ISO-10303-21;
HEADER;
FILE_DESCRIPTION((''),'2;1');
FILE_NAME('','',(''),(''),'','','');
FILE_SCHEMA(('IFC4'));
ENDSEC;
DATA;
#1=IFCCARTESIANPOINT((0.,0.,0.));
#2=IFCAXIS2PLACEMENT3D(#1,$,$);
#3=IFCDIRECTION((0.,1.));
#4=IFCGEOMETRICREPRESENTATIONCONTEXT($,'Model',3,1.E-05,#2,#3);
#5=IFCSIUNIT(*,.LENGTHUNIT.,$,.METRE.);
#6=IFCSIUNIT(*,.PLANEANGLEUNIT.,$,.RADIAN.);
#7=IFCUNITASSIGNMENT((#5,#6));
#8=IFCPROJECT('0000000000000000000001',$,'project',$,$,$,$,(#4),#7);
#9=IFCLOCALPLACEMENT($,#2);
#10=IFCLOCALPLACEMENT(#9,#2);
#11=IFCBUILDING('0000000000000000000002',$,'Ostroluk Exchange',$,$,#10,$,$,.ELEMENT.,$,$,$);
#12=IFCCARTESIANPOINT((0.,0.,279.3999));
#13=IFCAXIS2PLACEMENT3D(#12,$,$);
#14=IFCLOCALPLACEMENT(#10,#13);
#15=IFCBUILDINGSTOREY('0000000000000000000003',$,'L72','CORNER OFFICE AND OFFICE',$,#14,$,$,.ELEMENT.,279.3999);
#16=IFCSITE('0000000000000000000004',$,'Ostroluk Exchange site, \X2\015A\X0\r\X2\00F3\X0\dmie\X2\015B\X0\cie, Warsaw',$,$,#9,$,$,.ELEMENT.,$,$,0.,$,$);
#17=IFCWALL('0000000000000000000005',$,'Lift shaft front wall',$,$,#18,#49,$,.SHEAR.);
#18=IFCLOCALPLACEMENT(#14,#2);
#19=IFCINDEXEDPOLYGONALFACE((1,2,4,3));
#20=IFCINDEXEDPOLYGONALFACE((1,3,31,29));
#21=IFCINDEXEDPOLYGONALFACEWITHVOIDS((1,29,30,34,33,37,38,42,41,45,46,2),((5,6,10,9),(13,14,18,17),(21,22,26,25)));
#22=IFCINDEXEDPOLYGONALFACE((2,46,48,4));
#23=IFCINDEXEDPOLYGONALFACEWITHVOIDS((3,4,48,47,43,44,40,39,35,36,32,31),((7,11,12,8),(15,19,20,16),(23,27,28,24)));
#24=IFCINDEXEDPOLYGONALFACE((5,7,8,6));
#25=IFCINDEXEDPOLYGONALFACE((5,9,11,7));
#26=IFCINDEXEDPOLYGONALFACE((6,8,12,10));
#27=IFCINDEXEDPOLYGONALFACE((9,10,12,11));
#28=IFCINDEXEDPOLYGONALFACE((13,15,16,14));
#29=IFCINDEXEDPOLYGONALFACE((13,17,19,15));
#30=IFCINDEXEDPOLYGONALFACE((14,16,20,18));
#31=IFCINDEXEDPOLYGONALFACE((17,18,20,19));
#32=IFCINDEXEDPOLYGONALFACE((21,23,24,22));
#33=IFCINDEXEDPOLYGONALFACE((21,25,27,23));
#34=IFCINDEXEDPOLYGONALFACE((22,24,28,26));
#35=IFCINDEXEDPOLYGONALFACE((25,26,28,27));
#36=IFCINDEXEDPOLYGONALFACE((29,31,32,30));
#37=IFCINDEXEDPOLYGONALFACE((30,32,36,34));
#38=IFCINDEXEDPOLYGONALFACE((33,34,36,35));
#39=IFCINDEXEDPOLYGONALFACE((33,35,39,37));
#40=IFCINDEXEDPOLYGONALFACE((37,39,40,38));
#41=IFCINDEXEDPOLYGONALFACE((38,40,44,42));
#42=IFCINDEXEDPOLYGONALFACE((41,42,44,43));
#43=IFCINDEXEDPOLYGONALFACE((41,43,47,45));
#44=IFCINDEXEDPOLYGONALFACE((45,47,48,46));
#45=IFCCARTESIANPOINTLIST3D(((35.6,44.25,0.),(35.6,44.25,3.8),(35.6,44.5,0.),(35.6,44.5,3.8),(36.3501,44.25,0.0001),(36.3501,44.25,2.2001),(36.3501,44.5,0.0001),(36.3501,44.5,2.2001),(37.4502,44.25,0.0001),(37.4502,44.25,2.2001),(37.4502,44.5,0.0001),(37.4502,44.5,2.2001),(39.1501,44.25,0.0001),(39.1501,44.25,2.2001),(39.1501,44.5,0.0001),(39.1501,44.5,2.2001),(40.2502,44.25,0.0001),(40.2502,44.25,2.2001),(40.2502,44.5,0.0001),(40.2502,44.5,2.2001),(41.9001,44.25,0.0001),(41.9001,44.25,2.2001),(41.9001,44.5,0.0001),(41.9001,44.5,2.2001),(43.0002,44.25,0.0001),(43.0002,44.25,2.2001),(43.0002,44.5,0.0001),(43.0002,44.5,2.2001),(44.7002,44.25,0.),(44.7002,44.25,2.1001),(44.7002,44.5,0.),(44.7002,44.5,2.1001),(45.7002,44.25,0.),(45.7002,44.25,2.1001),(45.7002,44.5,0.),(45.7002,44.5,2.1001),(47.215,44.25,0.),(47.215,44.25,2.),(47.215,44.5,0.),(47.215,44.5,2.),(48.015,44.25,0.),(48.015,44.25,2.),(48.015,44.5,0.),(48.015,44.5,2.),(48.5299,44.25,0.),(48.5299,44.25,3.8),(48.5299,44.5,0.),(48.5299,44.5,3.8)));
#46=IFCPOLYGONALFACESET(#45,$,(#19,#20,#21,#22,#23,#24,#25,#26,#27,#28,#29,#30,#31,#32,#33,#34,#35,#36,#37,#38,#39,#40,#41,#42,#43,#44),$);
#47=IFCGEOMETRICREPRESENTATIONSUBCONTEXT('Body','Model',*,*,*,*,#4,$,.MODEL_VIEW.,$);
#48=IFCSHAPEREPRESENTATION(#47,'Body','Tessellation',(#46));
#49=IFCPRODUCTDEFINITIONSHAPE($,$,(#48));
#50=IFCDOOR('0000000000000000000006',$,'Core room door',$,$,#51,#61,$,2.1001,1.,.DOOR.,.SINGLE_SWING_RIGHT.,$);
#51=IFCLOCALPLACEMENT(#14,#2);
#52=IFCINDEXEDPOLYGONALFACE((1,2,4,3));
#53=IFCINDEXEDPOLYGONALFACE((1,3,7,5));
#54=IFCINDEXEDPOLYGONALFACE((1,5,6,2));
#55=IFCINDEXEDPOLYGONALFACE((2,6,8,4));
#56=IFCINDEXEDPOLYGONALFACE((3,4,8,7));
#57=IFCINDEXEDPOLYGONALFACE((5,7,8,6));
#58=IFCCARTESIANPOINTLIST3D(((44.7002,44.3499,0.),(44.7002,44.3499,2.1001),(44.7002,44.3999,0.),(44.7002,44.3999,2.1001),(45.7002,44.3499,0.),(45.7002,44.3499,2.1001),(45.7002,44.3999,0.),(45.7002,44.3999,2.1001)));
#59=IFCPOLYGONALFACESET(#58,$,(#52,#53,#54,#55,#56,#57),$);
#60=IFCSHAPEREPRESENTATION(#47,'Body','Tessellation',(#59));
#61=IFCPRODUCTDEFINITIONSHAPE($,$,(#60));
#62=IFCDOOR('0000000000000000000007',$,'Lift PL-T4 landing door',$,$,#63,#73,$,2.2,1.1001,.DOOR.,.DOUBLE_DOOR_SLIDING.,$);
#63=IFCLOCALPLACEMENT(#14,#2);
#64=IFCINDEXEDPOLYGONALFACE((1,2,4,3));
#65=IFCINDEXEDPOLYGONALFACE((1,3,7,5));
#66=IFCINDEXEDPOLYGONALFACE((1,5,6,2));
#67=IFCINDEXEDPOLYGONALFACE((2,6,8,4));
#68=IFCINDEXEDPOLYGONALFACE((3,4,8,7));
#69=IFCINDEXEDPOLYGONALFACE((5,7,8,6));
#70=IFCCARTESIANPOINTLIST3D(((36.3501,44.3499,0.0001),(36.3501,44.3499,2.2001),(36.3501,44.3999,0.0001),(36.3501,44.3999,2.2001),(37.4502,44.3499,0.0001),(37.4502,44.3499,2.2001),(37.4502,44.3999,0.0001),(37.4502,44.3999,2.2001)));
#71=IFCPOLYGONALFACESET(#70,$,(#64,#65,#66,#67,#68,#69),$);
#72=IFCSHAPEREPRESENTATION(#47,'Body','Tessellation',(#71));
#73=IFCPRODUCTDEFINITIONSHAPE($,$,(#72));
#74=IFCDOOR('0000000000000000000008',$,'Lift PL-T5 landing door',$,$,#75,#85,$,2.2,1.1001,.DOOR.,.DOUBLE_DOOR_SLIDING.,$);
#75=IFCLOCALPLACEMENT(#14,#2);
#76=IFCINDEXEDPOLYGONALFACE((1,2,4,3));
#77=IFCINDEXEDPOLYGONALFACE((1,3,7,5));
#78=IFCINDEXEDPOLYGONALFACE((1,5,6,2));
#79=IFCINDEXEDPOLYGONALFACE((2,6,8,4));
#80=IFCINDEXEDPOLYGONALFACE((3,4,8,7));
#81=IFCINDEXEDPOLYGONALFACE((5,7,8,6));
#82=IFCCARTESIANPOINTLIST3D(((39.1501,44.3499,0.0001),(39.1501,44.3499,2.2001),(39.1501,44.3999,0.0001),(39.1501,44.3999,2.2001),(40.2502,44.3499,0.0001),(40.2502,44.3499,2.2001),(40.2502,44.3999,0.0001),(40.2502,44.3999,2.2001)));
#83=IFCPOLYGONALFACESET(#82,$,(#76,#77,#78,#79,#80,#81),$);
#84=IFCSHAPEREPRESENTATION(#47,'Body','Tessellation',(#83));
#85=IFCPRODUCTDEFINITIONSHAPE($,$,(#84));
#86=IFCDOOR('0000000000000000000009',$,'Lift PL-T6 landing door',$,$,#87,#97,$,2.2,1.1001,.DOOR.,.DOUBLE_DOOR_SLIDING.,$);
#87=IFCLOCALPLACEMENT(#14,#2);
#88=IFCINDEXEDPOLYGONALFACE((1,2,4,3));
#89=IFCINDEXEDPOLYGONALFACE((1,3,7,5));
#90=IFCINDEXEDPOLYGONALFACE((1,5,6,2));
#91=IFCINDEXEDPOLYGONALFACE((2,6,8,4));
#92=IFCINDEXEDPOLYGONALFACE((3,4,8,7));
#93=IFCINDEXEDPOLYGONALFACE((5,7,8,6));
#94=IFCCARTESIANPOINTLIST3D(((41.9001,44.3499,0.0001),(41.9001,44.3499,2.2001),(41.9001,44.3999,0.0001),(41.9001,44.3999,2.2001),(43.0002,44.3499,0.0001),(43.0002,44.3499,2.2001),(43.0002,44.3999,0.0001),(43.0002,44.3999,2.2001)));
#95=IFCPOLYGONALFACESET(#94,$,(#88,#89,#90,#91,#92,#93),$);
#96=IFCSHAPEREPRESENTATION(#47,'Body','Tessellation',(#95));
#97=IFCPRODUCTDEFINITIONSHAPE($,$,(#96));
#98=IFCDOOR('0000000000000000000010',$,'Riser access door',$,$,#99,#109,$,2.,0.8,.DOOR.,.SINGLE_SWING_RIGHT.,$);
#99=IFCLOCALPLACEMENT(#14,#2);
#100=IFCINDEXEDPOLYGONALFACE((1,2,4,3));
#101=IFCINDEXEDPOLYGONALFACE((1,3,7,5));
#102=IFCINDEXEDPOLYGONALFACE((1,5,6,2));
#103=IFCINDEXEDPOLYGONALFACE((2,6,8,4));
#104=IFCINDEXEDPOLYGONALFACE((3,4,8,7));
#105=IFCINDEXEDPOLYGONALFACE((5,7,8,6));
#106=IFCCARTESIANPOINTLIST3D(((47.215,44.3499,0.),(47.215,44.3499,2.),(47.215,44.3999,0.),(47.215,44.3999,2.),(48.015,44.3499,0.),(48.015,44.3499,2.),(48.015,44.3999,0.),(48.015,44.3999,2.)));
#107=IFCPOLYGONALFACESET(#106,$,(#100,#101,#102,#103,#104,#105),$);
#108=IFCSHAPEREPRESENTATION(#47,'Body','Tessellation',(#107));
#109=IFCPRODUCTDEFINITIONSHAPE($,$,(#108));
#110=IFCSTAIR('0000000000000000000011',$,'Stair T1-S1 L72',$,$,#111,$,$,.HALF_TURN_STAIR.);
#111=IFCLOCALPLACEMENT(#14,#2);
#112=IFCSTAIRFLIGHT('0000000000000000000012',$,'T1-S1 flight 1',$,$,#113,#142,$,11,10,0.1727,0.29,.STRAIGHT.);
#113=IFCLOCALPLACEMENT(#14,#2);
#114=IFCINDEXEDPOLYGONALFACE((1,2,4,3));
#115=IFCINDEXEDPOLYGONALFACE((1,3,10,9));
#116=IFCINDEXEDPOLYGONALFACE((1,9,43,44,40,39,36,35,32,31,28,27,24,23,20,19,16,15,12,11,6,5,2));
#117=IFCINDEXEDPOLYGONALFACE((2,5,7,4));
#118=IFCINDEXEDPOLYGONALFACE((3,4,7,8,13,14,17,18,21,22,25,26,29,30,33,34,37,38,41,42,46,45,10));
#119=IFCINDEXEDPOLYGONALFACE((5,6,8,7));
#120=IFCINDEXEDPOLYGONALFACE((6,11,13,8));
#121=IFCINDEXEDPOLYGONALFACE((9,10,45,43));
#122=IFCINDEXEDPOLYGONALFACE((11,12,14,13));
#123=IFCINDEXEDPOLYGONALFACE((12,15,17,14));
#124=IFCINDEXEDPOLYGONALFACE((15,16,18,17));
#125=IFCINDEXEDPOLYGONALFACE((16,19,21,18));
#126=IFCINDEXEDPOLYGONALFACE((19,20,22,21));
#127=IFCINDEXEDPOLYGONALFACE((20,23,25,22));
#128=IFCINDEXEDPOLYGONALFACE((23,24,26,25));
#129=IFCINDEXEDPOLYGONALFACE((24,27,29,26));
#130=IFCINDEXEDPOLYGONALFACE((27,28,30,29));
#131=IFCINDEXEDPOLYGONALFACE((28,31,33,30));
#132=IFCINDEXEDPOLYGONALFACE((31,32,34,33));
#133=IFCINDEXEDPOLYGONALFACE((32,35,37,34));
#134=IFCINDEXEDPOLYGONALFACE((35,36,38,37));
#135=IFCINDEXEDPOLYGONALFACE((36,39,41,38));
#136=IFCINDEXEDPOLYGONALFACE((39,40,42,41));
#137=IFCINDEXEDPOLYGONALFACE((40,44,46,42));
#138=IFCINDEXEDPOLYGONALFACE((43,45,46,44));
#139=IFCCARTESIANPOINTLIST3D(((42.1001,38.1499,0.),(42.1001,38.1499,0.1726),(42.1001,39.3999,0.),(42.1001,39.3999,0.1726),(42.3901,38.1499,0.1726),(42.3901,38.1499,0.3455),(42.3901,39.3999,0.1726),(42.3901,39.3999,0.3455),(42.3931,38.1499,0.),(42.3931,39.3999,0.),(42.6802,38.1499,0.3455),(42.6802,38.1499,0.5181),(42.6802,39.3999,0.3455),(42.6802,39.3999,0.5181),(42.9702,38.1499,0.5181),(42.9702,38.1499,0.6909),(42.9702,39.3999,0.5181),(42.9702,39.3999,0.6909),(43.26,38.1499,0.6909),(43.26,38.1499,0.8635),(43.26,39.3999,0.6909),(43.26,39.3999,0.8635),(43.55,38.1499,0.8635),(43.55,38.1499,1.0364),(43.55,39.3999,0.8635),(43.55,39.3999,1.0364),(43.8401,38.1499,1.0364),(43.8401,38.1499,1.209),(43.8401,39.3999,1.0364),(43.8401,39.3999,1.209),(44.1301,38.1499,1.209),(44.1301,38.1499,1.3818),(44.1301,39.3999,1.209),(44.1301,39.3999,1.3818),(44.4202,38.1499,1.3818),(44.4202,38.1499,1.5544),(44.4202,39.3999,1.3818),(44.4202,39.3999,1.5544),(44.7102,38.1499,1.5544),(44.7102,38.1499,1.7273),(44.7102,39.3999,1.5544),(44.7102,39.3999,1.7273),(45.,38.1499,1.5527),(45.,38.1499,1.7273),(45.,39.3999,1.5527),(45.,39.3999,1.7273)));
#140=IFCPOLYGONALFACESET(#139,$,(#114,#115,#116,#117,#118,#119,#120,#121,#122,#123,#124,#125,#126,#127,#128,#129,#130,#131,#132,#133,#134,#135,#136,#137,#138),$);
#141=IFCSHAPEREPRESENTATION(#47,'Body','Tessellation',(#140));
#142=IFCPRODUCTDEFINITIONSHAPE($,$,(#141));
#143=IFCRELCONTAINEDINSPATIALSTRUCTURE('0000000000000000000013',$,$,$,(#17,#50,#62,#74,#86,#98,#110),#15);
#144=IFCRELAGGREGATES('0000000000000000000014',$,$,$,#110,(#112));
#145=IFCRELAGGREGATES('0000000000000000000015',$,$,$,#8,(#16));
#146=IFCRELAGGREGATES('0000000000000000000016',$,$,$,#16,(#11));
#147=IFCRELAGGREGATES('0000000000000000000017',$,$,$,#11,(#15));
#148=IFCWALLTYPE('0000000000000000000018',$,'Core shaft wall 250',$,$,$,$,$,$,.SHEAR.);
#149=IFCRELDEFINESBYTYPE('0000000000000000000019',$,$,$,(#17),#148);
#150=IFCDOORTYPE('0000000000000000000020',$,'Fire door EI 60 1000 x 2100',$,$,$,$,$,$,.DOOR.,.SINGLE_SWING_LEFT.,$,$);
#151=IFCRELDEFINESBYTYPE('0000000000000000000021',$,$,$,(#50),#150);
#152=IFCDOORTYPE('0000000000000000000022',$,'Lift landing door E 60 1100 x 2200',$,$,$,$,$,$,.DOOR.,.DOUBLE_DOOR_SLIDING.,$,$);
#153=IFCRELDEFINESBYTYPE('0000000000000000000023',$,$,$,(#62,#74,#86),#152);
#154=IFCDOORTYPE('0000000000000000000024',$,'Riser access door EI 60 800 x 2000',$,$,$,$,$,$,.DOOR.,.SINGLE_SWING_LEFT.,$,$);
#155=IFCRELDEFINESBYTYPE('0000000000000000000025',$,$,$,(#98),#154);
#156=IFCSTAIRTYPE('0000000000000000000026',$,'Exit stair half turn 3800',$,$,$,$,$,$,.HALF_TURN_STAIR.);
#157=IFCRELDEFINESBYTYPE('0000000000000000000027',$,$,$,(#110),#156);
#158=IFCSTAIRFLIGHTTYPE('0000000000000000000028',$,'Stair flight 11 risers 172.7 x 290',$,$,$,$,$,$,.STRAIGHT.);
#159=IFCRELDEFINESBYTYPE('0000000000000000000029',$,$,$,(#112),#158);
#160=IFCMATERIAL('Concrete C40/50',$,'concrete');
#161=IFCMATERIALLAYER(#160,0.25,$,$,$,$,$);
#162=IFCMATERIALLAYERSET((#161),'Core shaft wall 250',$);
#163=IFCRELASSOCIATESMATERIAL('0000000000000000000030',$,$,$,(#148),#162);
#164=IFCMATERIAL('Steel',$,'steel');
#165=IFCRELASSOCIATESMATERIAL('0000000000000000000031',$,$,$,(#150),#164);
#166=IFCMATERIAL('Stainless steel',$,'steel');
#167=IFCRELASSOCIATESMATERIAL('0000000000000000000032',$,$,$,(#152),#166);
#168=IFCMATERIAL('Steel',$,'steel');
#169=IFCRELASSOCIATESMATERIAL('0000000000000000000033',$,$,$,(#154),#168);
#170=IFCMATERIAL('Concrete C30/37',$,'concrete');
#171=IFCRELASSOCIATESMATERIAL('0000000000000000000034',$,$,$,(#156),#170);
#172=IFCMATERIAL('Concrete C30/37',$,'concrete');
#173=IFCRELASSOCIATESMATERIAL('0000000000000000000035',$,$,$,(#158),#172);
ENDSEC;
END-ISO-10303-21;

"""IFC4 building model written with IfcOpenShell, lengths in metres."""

from ifc_helpers import new_model, si_unit, direction, frame, frame_2d, origin, place, context, subcontext, project, spatial, polyline, rectangle, outline, extrude, material, layer, layer_set, type_object, element, fill, aggregate, save


model = new_model("IFC4")

# Units and contexts
model_context = context("Model", 3, precision=1e-05, world=origin(), true_north=direction((0.0, 1.0)))
body_context = subcontext(model_context, "Body", "Model", "MODEL_VIEW")
ifc_project = project(units=[si_unit("LENGTHUNIT", "METRE"), si_unit("PLANEANGLEUNIT", "RADIAN")], contexts=[model_context])

# Site, building, storey
site_placement = place(None, origin())
site = spatial("IfcSite", under=ifc_project, at=site_placement, Name="Ostroluk Exchange site, Śródmieście, Warsaw", CompositionType="ELEMENT", RefElevation=0.0)
building_placement = place(site_placement, origin())
building = spatial("IfcBuilding", under=site, at=building_placement, Name="Ostroluk Exchange", CompositionType="ELEMENT")
storey_placement = place(building_placement, frame((0.0, 0.0, 279.3999)))
storey = spatial("IfcBuildingStorey", under=building, at=storey_placement, Name="L72", Description="CORNER OFFICE AND OFFICE", CompositionType="ELEMENT", Elevation=279.3999)

# Shared definitions
ifc_material_1 = material(Name="Concrete C40/50", Category="concrete")
ifc_layer_1 = layer(ifc_material_1, 0.25)
ifc_layer_set_1 = layer_set([ifc_layer_1], Name="Core shaft wall 250")
wall_type_1 = type_object("IfcWallType", Name="Core shaft wall 250", PredefinedType="SHEAR", material=ifc_layer_set_1)

# Wall, openings, doors
wall_1_placement = place(storey_placement, frame((35.6001, 44.375, 0.0), z_axis=(0.0, 0.0, 1.0), x_axis=(1.0, 0.0, 0.0)))
wall_1 = element("IfcWall", 1, at=wall_1_placement, inside=storey, type_object=wall_type_1, Name="Lift shaft front wall", PredefinedType="SHEAR", context=body_context, shape_type="SweptSolid", body=[
    extrude(rectangle(XDim=12.9299, YDim=0.25, at=frame_2d((6.4648, 0.0))), origin(), (0.0, 0.0, 1.0), 3.8),
])
opening_1_placement = place(wall_1_placement, frame((0.75, 0.0, 0.0)))
opening_1 = element("IfcOpeningElement", 2, at=opening_1_placement, cuts=wall_1, PredefinedType="OPENING", context=body_context, shape_type="SweptSolid", body=[
    extrude(rectangle(XDim=1.1001, YDim=2.2, at=frame_2d((0.55, 1.1001))), frame((0.0, 0.135, 0.0), z_axis=(0.0, -1.0, 0.0), x_axis=(1.0, 0.0, 0.0)), (0.0, 0.0, 1.0), 0.27),
])
opening_2_placement = place(wall_1_placement, frame((3.55, 0.0, 0.0)))
opening_2 = element("IfcOpeningElement", 3, at=opening_2_placement, cuts=wall_1, PredefinedType="OPENING", context=body_context, shape_type="SweptSolid", body=[
    extrude(rectangle(XDim=1.1001, YDim=2.2, at=frame_2d((0.55, 1.1001))), frame((0.0, 0.135, 0.0), z_axis=(0.0, -1.0, 0.0), x_axis=(1.0, 0.0, 0.0)), (0.0, 0.0, 1.0), 0.27),
])
opening_3_placement = place(wall_1_placement, frame((6.3, 0.0, 0.0)))
opening_3 = element("IfcOpeningElement", 4, at=opening_3_placement, cuts=wall_1, PredefinedType="OPENING", context=body_context, shape_type="SweptSolid", body=[
    extrude(rectangle(XDim=1.1001, YDim=2.2, at=frame_2d((0.55, 1.1001))), frame((0.0, 0.135, 0.0), z_axis=(0.0, -1.0, 0.0), x_axis=(1.0, 0.0, 0.0)), (0.0, 0.0, 1.0), 0.27),
])
opening_4_placement = place(wall_1_placement, frame((9.1001, 0.0, 0.0)))
opening_4 = element("IfcOpeningElement", 5, at=opening_4_placement, cuts=wall_1, PredefinedType="OPENING", context=body_context, shape_type="SweptSolid", body=[
    extrude(rectangle(XDim=1.0, YDim=2.1001, at=frame_2d((0.5, 1.05))), frame((0.0, 0.135, 0.0), z_axis=(0.0, -1.0, 0.0), x_axis=(1.0, 0.0, 0.0)), (0.0, 0.0, 1.0), 0.27),
])
opening_5_placement = place(wall_1_placement, frame((11.615, 0.0, 0.0)))
opening_5 = element("IfcOpeningElement", 6, at=opening_5_placement, cuts=wall_1, PredefinedType="OPENING", context=body_context, shape_type="SweptSolid", body=[
    extrude(rectangle(XDim=0.8, YDim=2.0, at=frame_2d((0.3999, 1.0))), frame((0.0, 0.135, 0.0), z_axis=(0.0, -1.0, 0.0), x_axis=(1.0, 0.0, 0.0)), (0.0, 0.0, 1.0), 0.27),
])
ifc_material_2 = material(Name="Steel", Category="steel")
door_type_1 = type_object("IfcDoorType", Name="Fire door EI 60 1000 x 2100", OperationType="SINGLE_SWING_LEFT", PredefinedType="DOOR", material=ifc_material_2)
door_1_placement = place(opening_4_placement, origin())
door_1 = element("IfcDoor", 7, at=door_1_placement, inside=storey, type_object=door_type_1, Name="Core room door", OperationType="SINGLE_SWING_RIGHT", OverallHeight=2.1001, OverallWidth=1.0, PredefinedType="DOOR", context=body_context, shape_type="SweptSolid", body=[
    extrude(rectangle(XDim=1.0, YDim=2.1001, at=frame_2d((0.5, 1.05))), frame((0.0, 0.0249, 0.0), z_axis=(0.0, -1.0, 0.0), x_axis=(1.0, 0.0, 0.0)), (0.0, 0.0, 1.0), 0.05),
])
fill(opening_4, door_1)
ifc_material_3 = material(Name="Stainless steel", Category="steel")
door_type_2 = type_object("IfcDoorType", Name="Lift landing door E 60 1100 x 2200", OperationType="DOUBLE_DOOR_SLIDING", PredefinedType="DOOR", material=ifc_material_3)
door_2_placement = place(opening_1_placement, origin())
door_2 = element("IfcDoor", 8, at=door_2_placement, inside=storey, type_object=door_type_2, Name="Lift PL-T4 landing door", OperationType="DOUBLE_DOOR_SLIDING", OverallHeight=2.2, OverallWidth=1.1001, PredefinedType="DOOR", context=body_context, shape_type="SweptSolid", body=[
    extrude(rectangle(XDim=1.1001, YDim=2.2, at=frame_2d((0.55, 1.1001))), frame((0.0, 0.0249, 0.0), z_axis=(0.0, -1.0, 0.0), x_axis=(1.0, 0.0, 0.0)), (0.0, 0.0, 1.0), 0.05),
])
fill(opening_1, door_2)
door_3_placement = place(opening_2_placement, origin())
door_3 = element("IfcDoor", 9, at=door_3_placement, inside=storey, type_object=door_type_2, Name="Lift PL-T5 landing door", OperationType="DOUBLE_DOOR_SLIDING", OverallHeight=2.2, OverallWidth=1.1001, PredefinedType="DOOR", context=body_context, shape_type="SweptSolid", body=[
    extrude(rectangle(XDim=1.1001, YDim=2.2, at=frame_2d((0.55, 1.1001))), frame((0.0, 0.0249, 0.0), z_axis=(0.0, -1.0, 0.0), x_axis=(1.0, 0.0, 0.0)), (0.0, 0.0, 1.0), 0.05),
])
fill(opening_2, door_3)
door_4_placement = place(opening_3_placement, origin())
door_4 = element("IfcDoor", 10, at=door_4_placement, inside=storey, type_object=door_type_2, Name="Lift PL-T6 landing door", OperationType="DOUBLE_DOOR_SLIDING", OverallHeight=2.2, OverallWidth=1.1001, PredefinedType="DOOR", context=body_context, shape_type="SweptSolid", body=[
    extrude(rectangle(XDim=1.1001, YDim=2.2, at=frame_2d((0.55, 1.1001))), frame((0.0, 0.0249, 0.0), z_axis=(0.0, -1.0, 0.0), x_axis=(1.0, 0.0, 0.0)), (0.0, 0.0, 1.0), 0.05),
])
fill(opening_3, door_4)
ifc_material_4 = material(Name="Steel", Category="steel")
door_type_3 = type_object("IfcDoorType", Name="Riser access door EI 60 800 x 2000", OperationType="SINGLE_SWING_LEFT", PredefinedType="DOOR", material=ifc_material_4)
door_5_placement = place(opening_5_placement, origin())
door_5 = element("IfcDoor", 11, at=door_5_placement, inside=storey, type_object=door_type_3, Name="Riser access door", OperationType="SINGLE_SWING_RIGHT", OverallHeight=2.0, OverallWidth=0.8, PredefinedType="DOOR", context=body_context, shape_type="SweptSolid", body=[
    extrude(rectangle(XDim=0.8, YDim=2.0, at=frame_2d((0.3999, 1.0))), frame((0.0, 0.0249, 0.0), z_axis=(0.0, -1.0, 0.0), x_axis=(1.0, 0.0, 0.0)), (0.0, 0.0, 1.0), 0.05),
])
fill(opening_5, door_5)

# Stair, stair flight
ifc_material_5 = material(Name="Concrete C30/37", Category="concrete")
stair_type = type_object("IfcStairType", Name="Exit stair half turn 3800", PredefinedType="HALF_TURN_STAIR", material=ifc_material_5)
stair_placement = place(storey_placement, origin())
stair = element("IfcStair", 12, at=stair_placement, inside=storey, type_object=stair_type, Name="Stair T1-S1 L72", PredefinedType="HALF_TURN_STAIR")
ifc_material_6 = material(Name="Concrete C30/37", Category="concrete")
stair_flight_type = type_object("IfcStairFlightType", Name="Stair flight 11 risers 172.7 x 290", PredefinedType="STRAIGHT", material=ifc_material_6)
stair_flight_placement = place(storey_placement, frame((42.1001, 38.7749, 0.0), z_axis=(0.0, 0.0, 1.0), x_axis=(1.0, 0.0, 0.0)))
stair_flight = element("IfcStairFlight", 13, at=stair_flight_placement, type_object=stair_flight_type, Name="T1-S1 flight 1", NumberOfRisers=11, NumberOfTreads=10, PredefinedType="STRAIGHT", RiserHeight=0.1727, TreadLength=0.29, context=body_context, shape_type="SweptSolid", body=[
    extrude(outline(polyline([(0.0, 0.0), (0.0, 0.1726), (0.29, 0.1726), (0.29, 0.3455), (0.5801, 0.3455), (0.5801, 0.5181), (0.8701, 0.5181), (0.8701, 0.6909), (1.1599, 0.6909), (1.1599, 0.8635), (1.45, 0.8635), (1.45, 1.0364), (1.74, 1.0364), (1.74, 1.209), (2.03, 1.209), (2.03, 1.3818), (2.3201, 1.3818), (2.3201, 1.5544), (2.6101, 1.5544), (2.6101, 1.7273), (2.8999, 1.7273), (2.8999, 1.8999), (2.8999, 1.5527), (0.293, 0.0), (0.0, 0.0)])), frame((0.0, 0.625, 0.0), z_axis=(0.0, -1.0, 0.0), x_axis=(1.0, 0.0, 0.0)), (0.0, 0.0, 1.0), 1.25),
])
aggregate(stair, [stair_flight])

save(model, "model.ifc")
